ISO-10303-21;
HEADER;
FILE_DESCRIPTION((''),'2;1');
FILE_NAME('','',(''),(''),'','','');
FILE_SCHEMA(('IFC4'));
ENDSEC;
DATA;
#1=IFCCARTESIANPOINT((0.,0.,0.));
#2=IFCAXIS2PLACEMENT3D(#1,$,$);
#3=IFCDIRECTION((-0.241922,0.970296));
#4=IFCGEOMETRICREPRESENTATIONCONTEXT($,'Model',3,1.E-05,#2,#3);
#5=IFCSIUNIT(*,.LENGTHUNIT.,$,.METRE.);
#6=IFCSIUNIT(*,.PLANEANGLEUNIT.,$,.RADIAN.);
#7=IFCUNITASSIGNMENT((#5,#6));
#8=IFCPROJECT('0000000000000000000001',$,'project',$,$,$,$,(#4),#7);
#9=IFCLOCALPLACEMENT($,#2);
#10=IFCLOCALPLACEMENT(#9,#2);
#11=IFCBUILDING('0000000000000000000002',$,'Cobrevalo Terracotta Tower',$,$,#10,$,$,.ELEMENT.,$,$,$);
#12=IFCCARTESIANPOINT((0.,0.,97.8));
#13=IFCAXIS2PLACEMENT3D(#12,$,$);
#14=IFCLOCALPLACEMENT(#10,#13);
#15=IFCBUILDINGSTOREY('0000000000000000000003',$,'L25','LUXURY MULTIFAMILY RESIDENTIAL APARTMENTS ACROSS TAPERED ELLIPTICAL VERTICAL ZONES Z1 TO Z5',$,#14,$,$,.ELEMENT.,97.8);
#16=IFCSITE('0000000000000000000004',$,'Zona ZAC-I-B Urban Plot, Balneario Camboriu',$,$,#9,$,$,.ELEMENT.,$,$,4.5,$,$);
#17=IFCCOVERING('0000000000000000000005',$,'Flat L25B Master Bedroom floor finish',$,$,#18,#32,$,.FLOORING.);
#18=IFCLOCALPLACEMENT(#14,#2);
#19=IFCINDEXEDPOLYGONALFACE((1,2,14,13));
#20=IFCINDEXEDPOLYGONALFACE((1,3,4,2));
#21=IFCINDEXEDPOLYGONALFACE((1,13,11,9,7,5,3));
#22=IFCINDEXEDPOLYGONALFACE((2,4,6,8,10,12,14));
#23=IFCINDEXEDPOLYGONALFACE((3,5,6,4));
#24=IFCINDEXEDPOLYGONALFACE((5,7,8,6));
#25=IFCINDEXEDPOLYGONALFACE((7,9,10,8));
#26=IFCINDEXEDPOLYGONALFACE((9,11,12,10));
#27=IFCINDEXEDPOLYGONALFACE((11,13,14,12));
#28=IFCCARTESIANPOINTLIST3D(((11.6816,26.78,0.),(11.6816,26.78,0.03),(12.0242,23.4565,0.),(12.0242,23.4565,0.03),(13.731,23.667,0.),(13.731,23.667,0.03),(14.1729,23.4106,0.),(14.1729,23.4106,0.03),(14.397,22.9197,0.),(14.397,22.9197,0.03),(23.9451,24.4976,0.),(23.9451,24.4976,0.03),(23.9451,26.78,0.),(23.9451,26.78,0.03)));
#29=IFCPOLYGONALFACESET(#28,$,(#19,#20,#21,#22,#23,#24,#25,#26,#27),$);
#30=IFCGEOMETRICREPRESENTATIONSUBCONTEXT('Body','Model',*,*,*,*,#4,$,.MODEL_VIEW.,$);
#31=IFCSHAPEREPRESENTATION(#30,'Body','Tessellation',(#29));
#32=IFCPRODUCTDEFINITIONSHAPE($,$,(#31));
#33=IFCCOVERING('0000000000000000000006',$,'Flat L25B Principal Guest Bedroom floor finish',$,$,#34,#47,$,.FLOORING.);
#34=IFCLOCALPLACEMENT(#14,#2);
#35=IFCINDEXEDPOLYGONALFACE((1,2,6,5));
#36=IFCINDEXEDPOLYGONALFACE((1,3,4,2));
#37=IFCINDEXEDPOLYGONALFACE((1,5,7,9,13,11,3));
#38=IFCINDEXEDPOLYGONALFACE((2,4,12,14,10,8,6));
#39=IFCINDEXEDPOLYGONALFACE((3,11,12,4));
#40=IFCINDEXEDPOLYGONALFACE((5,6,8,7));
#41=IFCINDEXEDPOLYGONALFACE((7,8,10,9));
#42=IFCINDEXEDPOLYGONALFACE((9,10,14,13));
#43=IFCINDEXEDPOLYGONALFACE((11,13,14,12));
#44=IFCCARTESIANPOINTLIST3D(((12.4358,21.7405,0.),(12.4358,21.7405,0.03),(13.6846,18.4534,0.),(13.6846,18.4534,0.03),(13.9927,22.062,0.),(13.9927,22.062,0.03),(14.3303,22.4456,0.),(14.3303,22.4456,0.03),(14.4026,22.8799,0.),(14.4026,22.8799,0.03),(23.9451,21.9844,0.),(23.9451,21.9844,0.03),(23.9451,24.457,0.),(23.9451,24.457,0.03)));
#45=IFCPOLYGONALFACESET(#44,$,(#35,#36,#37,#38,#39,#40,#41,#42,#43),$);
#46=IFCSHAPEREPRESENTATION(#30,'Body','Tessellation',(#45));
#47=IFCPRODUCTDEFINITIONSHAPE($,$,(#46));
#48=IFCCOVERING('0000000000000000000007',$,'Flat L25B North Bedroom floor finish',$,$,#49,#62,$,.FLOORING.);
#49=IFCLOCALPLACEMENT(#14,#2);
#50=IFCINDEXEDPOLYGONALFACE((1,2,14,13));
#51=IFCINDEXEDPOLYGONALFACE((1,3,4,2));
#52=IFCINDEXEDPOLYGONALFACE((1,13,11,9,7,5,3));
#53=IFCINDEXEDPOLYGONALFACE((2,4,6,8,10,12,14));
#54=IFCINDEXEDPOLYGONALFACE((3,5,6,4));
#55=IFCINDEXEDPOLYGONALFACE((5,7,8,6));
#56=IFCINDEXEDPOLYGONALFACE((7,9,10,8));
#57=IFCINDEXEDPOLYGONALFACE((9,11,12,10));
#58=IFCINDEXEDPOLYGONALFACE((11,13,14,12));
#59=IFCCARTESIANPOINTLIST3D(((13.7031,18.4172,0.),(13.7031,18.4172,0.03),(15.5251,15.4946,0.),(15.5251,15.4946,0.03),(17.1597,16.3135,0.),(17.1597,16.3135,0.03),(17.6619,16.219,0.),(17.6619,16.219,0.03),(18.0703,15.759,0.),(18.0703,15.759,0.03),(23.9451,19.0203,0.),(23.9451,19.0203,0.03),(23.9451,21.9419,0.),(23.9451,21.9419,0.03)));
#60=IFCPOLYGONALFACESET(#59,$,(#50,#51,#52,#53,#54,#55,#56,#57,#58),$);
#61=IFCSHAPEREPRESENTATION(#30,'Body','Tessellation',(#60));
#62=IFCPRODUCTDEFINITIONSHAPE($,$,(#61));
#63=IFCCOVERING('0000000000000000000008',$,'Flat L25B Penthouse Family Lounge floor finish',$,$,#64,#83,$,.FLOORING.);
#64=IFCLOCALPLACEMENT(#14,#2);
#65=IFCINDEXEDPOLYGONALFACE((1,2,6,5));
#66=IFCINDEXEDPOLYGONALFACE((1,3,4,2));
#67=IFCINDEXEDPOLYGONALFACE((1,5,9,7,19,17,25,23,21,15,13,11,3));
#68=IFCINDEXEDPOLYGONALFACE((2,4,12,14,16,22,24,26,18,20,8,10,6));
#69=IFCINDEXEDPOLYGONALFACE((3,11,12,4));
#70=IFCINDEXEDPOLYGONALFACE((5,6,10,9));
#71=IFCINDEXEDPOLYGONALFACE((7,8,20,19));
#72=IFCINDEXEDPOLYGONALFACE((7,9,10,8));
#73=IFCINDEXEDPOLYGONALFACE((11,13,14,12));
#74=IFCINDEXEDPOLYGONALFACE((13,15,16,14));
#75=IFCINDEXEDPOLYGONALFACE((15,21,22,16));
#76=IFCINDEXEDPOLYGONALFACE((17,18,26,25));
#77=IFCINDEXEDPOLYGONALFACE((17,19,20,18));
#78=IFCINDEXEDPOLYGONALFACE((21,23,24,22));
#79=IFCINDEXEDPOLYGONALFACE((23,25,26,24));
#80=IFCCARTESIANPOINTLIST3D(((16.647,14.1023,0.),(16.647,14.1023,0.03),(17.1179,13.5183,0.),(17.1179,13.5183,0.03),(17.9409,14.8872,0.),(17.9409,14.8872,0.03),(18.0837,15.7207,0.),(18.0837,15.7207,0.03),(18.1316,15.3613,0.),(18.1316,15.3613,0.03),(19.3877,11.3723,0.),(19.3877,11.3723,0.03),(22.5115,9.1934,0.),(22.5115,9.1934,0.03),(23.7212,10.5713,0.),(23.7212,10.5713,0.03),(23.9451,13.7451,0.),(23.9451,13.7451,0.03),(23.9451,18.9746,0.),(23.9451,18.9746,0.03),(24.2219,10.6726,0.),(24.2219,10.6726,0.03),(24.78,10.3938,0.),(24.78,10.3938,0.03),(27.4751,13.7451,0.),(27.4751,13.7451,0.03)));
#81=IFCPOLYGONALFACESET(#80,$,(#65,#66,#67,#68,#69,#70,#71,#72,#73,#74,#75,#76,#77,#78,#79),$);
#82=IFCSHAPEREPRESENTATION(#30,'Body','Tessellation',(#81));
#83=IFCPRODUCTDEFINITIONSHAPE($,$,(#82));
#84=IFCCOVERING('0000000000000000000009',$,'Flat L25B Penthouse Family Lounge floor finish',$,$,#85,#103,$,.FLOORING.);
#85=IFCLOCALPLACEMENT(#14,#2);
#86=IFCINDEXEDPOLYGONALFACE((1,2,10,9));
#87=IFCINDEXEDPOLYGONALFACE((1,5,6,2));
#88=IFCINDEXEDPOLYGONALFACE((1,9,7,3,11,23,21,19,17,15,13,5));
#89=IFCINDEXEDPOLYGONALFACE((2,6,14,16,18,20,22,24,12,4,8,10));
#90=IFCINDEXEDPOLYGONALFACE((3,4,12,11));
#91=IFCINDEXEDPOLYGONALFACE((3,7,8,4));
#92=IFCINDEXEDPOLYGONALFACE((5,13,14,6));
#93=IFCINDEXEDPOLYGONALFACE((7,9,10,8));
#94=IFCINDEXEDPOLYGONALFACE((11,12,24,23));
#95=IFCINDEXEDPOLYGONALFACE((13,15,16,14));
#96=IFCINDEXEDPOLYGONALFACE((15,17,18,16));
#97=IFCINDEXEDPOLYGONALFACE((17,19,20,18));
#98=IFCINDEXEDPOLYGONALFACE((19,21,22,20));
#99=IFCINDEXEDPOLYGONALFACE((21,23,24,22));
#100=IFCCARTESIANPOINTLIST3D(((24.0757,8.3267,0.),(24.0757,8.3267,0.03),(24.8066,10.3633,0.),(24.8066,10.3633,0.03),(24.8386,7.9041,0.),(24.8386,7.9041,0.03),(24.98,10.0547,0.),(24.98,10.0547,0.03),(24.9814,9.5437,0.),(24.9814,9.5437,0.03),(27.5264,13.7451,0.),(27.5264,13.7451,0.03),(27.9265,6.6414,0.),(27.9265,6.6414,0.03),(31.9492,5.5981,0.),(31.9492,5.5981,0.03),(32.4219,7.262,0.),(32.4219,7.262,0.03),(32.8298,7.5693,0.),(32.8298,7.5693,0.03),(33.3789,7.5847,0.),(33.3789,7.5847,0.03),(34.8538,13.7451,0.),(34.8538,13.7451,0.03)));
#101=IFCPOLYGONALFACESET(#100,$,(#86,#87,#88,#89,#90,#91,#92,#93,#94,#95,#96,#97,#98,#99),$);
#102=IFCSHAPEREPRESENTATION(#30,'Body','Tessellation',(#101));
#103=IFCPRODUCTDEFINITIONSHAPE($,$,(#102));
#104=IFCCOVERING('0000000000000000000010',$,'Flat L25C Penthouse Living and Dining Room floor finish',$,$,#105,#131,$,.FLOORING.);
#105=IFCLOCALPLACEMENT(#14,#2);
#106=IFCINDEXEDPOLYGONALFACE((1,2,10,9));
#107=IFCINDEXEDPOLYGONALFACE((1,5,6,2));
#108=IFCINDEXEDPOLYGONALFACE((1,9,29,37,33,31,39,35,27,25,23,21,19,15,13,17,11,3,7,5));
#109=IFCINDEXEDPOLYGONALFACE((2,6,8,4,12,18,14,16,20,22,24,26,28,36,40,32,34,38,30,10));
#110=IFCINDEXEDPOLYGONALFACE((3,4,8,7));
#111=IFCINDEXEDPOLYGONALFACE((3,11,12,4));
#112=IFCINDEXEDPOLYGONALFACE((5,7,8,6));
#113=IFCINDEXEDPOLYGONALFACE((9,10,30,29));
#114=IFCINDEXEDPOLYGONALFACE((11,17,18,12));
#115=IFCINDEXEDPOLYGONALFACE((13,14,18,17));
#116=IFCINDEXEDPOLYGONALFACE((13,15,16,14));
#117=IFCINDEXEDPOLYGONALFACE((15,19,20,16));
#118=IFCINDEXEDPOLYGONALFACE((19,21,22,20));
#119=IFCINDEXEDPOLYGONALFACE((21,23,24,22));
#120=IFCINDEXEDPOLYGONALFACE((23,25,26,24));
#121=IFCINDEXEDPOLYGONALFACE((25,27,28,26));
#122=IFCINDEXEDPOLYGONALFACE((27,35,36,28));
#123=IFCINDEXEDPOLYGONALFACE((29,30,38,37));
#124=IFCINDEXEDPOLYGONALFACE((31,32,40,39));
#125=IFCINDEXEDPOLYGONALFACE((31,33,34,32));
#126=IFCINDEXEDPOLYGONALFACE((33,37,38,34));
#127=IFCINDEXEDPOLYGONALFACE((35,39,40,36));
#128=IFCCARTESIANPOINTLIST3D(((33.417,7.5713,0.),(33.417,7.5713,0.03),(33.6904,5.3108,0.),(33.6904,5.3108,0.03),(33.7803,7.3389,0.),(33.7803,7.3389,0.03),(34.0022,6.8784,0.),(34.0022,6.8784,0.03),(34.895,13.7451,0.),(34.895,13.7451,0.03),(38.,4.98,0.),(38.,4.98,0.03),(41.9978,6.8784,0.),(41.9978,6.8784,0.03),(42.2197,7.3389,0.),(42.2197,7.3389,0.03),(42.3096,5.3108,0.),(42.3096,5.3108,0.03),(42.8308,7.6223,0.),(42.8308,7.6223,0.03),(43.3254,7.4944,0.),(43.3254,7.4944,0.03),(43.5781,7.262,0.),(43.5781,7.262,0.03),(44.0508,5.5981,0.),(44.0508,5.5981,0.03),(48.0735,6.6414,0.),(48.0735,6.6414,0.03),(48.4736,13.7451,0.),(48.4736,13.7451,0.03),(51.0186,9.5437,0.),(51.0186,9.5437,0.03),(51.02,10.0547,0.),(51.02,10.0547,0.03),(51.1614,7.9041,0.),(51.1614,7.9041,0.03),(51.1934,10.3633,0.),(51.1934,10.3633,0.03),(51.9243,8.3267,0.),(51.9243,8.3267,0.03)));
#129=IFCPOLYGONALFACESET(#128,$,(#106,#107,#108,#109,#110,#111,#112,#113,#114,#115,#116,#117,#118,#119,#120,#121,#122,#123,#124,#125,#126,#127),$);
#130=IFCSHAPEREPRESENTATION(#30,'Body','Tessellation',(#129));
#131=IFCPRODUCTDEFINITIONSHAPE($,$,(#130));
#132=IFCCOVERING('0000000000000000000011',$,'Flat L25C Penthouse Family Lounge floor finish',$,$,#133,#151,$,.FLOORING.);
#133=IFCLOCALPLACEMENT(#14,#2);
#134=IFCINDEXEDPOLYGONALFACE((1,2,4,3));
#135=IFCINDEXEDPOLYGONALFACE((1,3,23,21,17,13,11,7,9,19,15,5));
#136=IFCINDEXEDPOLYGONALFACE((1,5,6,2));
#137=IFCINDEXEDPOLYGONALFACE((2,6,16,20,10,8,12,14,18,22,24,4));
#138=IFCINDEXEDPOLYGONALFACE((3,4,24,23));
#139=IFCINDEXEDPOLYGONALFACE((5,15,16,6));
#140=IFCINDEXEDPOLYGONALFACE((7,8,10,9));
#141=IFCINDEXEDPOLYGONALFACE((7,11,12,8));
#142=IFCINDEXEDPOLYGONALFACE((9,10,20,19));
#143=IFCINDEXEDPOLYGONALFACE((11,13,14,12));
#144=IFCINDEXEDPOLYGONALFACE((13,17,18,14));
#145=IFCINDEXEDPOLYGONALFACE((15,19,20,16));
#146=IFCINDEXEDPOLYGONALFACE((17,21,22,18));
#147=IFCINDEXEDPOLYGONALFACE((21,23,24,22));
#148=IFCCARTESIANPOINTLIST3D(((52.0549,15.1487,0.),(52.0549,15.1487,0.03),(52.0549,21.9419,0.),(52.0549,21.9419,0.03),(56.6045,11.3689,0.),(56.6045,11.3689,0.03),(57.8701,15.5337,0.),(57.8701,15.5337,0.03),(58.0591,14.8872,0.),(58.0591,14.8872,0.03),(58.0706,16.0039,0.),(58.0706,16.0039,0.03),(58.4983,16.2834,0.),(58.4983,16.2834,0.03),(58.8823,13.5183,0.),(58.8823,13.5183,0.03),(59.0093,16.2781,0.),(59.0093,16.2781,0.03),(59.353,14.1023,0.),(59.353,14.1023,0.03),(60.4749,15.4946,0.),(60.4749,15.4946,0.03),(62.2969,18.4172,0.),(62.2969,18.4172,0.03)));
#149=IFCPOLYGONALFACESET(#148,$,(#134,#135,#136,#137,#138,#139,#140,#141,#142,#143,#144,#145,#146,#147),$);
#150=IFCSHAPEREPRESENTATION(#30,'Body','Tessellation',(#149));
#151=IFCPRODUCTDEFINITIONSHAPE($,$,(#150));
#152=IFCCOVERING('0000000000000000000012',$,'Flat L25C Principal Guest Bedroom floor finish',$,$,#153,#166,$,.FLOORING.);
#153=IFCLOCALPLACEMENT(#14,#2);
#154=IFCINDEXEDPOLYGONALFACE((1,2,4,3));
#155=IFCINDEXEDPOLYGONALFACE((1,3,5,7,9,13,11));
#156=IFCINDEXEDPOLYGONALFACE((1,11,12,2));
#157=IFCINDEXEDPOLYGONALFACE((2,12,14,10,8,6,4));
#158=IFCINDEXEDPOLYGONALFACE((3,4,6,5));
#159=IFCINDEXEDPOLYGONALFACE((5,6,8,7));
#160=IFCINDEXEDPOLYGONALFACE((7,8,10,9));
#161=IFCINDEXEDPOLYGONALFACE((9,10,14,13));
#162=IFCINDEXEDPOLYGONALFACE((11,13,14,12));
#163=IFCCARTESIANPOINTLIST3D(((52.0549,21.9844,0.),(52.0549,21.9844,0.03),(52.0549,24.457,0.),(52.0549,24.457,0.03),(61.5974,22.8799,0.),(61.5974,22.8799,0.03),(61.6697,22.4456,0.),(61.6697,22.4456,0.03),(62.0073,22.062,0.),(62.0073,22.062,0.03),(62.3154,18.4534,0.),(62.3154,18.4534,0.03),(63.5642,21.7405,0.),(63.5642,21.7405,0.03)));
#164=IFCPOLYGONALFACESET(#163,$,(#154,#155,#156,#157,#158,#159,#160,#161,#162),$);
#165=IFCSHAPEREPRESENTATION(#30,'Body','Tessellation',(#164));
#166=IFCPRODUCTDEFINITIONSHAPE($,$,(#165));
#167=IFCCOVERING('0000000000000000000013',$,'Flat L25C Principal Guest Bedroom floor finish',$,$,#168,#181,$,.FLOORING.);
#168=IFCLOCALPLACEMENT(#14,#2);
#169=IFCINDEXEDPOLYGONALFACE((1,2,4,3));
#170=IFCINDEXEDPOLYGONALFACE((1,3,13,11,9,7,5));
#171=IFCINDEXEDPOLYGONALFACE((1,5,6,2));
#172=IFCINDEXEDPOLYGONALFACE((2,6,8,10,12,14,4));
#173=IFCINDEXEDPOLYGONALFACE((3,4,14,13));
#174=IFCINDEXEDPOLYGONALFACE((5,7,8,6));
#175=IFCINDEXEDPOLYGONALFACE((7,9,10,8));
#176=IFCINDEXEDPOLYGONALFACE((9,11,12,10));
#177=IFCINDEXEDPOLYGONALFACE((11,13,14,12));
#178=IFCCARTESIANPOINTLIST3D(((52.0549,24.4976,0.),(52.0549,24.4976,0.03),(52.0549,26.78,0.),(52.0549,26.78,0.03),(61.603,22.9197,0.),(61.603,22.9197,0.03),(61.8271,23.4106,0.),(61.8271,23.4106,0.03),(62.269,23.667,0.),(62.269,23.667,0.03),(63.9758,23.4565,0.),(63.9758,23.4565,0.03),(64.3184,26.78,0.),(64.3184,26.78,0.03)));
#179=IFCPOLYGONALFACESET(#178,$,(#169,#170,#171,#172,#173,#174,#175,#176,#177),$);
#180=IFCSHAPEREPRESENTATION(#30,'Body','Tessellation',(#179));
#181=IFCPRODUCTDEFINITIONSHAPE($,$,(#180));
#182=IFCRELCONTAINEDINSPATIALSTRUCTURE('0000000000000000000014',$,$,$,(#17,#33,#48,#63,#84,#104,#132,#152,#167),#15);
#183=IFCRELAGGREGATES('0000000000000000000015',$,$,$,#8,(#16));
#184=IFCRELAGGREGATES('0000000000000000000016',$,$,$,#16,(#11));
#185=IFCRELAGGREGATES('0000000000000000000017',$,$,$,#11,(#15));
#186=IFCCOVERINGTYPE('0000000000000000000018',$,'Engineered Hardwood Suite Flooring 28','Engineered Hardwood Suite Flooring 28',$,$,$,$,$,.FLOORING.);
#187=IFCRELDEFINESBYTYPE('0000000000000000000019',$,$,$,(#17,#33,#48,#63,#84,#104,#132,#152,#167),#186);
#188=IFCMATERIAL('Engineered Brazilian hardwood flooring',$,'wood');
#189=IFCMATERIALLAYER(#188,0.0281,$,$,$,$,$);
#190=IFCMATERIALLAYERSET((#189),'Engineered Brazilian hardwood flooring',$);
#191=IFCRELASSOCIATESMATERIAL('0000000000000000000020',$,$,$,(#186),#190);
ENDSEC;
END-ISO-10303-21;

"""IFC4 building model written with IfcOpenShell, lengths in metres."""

from ifc_helpers import new_model, si_unit, direction, frame, origin, place, context, subcontext, project, spatial, polyline, outline, extrude, material, layer, layer_set, type_object, element, save


model = new_model("IFC4")

# Units and contexts
model_context = context("Model", 3, precision=1e-05, world=origin(), true_north=direction((-0.241922, 0.970296)))
body_context = subcontext(model_context, "Body", "Model", "MODEL_VIEW")
ifc_project = project(units=[si_unit("LENGTHUNIT", "METRE"), si_unit("PLANEANGLEUNIT", "RADIAN")], contexts=[model_context])

# Site, building, storey
site_placement = place(None, origin())
site = spatial("IfcSite", under=ifc_project, at=site_placement, Name="Zona ZAC-I-B Urban Plot, Balneario Camboriu", CompositionType="ELEMENT", RefElevation=4.5)
building_placement = place(site_placement, origin())
building = spatial("IfcBuilding", under=site, at=building_placement, Name="Cobrevalo Terracotta Tower", CompositionType="ELEMENT")
storey_placement = place(building_placement, frame((0.0, 0.0, 97.8)))
storey = spatial("IfcBuildingStorey", under=building, at=storey_placement, Name="L25", Description="LUXURY MULTIFAMILY RESIDENTIAL APARTMENTS ACROSS TAPERED ELLIPTICAL VERTICAL ZONES Z1 TO Z5", CompositionType="ELEMENT", Elevation=97.8)

# Coverings
ifc_material_1 = material(Name="Engineered Brazilian hardwood flooring", Category="wood")
ifc_layer_1 = layer(ifc_material_1, 0.0281)
ifc_layer_set_1 = layer_set([ifc_layer_1], Name="Engineered Brazilian hardwood flooring")
covering_type_1 = type_object("IfcCoveringType", Name="Engineered Hardwood Suite Flooring 28", Description="Engineered Hardwood Suite Flooring 28", PredefinedType="FLOORING", material=ifc_layer_set_1)
covering_1_placement = place(storey_placement, origin())
element("IfcCovering", 1, at=covering_1_placement, inside=storey, type_object=covering_type_1, Name="Flat L25B Master Bedroom floor finish", PredefinedType="FLOORING", context=body_context, shape_type="SweptSolid", body=[
    extrude(outline(polyline([(11.6816, 26.78), (23.9451, 26.78), (23.9451, 24.4976), (14.397, 22.9197), (14.1729, 23.4106), (13.731, 23.667), (12.0242, 23.4565), (11.6816, 26.78)])), origin(), (0.0, 0.0, 1.0), 0.03),
])
covering_2_placement = place(storey_placement, origin())
element("IfcCovering", 2, at=covering_2_placement, inside=storey, type_object=covering_type_1, Name="Flat L25B Principal Guest Bedroom floor finish", PredefinedType="FLOORING", context=body_context, shape_type="SweptSolid", body=[
    extrude(outline(polyline([(13.6846, 18.4534), (12.4358, 21.7405), (13.9927, 22.062), (14.3303, 22.4456), (14.4026, 22.8799), (23.9451, 24.457), (23.9451, 21.9844), (13.6846, 18.4534)])), origin(), (0.0, 0.0, 1.0), 0.03),
])
covering_3_placement = place(storey_placement, origin())
element("IfcCovering", 3, at=covering_3_placement, inside=storey, type_object=covering_type_1, Name="Flat L25B North Bedroom floor finish", PredefinedType="FLOORING", context=body_context, shape_type="SweptSolid", body=[
    extrude(outline(polyline([(13.7031, 18.4172), (23.9451, 21.9419), (23.9451, 19.0203), (18.0703, 15.759), (17.6619, 16.219), (17.1597, 16.3135), (15.5251, 15.4946), (13.7031, 18.4172)])), origin(), (0.0, 0.0, 1.0), 0.03),
])
covering_4_placement = place(storey_placement, origin())
element("IfcCovering", 4, at=covering_4_placement, inside=storey, type_object=covering_type_1, Name="Flat L25B Penthouse Family Lounge floor finish", PredefinedType="FLOORING", context=body_context, shape_type="SweptSolid", body=[
    extrude(outline(polyline([(19.3877, 11.3723), (17.1179, 13.5183), (16.647, 14.1023), (17.9409, 14.8872), (18.1316, 15.3613), (18.0837, 15.7207), (23.9451, 18.9746), (23.9451, 13.7451), (27.4751, 13.7451), (24.78, 10.3938), (24.2219, 10.6726), (23.7212, 10.5713), (22.5115, 9.1934), (19.3877, 11.3723)])), origin(), (0.0, 0.0, 1.0), 0.03),
])
covering_5_placement = place(storey_placement, origin())
element("IfcCovering", 5, at=covering_5_placement, inside=storey, type_object=covering_type_1, Name="Flat L25B Penthouse Family Lounge floor finish", PredefinedType="FLOORING", context=body_context, shape_type="SweptSolid", body=[
    extrude(outline(polyline([(24.0757, 8.3267), (24.9814, 9.5437), (24.98, 10.0547), (24.8066, 10.3633), (27.5264, 13.7451), (34.8538, 13.7451), (33.3789, 7.5847), (32.8298, 7.5693), (32.4219, 7.262), (31.9492, 5.5981), (27.9265, 6.6414), (24.8386, 7.9041), (24.0757, 8.3267)])), origin(), (0.0, 0.0, 1.0), 0.03),
])
covering_6_placement = place(storey_placement, origin())
element("IfcCovering", 6, at=covering_6_placement, inside=storey, type_object=covering_type_1, Name="Flat L25C Penthouse Living and Dining Room floor finish", PredefinedType="FLOORING", context=body_context, shape_type="SweptSolid", body=[
    extrude(outline(polyline([(48.0735, 6.6414), (44.0508, 5.5981), (43.5781, 7.262), (43.3254, 7.4944), (42.8308, 7.6223), (42.2197, 7.3389), (41.9978, 6.8784), (42.3096, 5.3108), (38.0, 4.98), (33.6904, 5.3108), (34.0022, 6.8784), (33.7803, 7.3389), (33.417, 7.5713), (34.895, 13.7451), (48.4736, 13.7451), (51.1934, 10.3633), (51.02, 10.0547), (51.0186, 9.5437), (51.9243, 8.3267), (51.1614, 7.9041), (48.0735, 6.6414)])), origin(), (0.0, 0.0, 1.0), 0.03),
])
covering_7_placement = place(storey_placement, origin())
element("IfcCovering", 7, at=covering_7_placement, inside=storey, type_object=covering_type_1, Name="Flat L25C Penthouse Family Lounge floor finish", PredefinedType="FLOORING", context=body_context, shape_type="SweptSolid", body=[
    extrude(outline(polyline([(60.4749, 15.4946), (59.0093, 16.2781), (58.4983, 16.2834), (58.0706, 16.0039), (57.8701, 15.5337), (58.0591, 14.8872), (59.353, 14.1023), (58.8823, 13.5183), (56.6045, 11.3689), (52.0549, 15.1487), (52.0549, 21.9419), (62.2969, 18.4172), (60.4749, 15.4946)])), origin(), (0.0, 0.0, 1.0), 0.03),
])
covering_8_placement = place(storey_placement, origin())
element("IfcCovering", 8, at=covering_8_placement, inside=storey, type_object=covering_type_1, Name="Flat L25C Principal Guest Bedroom floor finish", PredefinedType="FLOORING", context=body_context, shape_type="SweptSolid", body=[
    extrude(outline(polyline([(52.0549, 21.9844), (52.0549, 24.457), (61.5974, 22.8799), (61.6697, 22.4456), (62.0073, 22.062), (63.5642, 21.7405), (62.3154, 18.4534), (52.0549, 21.9844)])), origin(), (0.0, 0.0, 1.0), 0.03),
])
covering_9_placement = place(storey_placement, origin())
element("IfcCovering", 9, at=covering_9_placement, inside=storey, type_object=covering_type_1, Name="Flat L25C Principal Guest Bedroom floor finish", PredefinedType="FLOORING", context=body_context, shape_type="SweptSolid", body=[
    extrude(outline(polyline([(64.3184, 26.78), (63.9758, 23.4565), (62.269, 23.667), (61.8271, 23.4106), (61.603, 22.9197), (52.0549, 24.4976), (52.0549, 26.78), (64.3184, 26.78)])), origin(), (0.0, 0.0, 1.0), 0.03),
])

save(model, "model.ifc")
